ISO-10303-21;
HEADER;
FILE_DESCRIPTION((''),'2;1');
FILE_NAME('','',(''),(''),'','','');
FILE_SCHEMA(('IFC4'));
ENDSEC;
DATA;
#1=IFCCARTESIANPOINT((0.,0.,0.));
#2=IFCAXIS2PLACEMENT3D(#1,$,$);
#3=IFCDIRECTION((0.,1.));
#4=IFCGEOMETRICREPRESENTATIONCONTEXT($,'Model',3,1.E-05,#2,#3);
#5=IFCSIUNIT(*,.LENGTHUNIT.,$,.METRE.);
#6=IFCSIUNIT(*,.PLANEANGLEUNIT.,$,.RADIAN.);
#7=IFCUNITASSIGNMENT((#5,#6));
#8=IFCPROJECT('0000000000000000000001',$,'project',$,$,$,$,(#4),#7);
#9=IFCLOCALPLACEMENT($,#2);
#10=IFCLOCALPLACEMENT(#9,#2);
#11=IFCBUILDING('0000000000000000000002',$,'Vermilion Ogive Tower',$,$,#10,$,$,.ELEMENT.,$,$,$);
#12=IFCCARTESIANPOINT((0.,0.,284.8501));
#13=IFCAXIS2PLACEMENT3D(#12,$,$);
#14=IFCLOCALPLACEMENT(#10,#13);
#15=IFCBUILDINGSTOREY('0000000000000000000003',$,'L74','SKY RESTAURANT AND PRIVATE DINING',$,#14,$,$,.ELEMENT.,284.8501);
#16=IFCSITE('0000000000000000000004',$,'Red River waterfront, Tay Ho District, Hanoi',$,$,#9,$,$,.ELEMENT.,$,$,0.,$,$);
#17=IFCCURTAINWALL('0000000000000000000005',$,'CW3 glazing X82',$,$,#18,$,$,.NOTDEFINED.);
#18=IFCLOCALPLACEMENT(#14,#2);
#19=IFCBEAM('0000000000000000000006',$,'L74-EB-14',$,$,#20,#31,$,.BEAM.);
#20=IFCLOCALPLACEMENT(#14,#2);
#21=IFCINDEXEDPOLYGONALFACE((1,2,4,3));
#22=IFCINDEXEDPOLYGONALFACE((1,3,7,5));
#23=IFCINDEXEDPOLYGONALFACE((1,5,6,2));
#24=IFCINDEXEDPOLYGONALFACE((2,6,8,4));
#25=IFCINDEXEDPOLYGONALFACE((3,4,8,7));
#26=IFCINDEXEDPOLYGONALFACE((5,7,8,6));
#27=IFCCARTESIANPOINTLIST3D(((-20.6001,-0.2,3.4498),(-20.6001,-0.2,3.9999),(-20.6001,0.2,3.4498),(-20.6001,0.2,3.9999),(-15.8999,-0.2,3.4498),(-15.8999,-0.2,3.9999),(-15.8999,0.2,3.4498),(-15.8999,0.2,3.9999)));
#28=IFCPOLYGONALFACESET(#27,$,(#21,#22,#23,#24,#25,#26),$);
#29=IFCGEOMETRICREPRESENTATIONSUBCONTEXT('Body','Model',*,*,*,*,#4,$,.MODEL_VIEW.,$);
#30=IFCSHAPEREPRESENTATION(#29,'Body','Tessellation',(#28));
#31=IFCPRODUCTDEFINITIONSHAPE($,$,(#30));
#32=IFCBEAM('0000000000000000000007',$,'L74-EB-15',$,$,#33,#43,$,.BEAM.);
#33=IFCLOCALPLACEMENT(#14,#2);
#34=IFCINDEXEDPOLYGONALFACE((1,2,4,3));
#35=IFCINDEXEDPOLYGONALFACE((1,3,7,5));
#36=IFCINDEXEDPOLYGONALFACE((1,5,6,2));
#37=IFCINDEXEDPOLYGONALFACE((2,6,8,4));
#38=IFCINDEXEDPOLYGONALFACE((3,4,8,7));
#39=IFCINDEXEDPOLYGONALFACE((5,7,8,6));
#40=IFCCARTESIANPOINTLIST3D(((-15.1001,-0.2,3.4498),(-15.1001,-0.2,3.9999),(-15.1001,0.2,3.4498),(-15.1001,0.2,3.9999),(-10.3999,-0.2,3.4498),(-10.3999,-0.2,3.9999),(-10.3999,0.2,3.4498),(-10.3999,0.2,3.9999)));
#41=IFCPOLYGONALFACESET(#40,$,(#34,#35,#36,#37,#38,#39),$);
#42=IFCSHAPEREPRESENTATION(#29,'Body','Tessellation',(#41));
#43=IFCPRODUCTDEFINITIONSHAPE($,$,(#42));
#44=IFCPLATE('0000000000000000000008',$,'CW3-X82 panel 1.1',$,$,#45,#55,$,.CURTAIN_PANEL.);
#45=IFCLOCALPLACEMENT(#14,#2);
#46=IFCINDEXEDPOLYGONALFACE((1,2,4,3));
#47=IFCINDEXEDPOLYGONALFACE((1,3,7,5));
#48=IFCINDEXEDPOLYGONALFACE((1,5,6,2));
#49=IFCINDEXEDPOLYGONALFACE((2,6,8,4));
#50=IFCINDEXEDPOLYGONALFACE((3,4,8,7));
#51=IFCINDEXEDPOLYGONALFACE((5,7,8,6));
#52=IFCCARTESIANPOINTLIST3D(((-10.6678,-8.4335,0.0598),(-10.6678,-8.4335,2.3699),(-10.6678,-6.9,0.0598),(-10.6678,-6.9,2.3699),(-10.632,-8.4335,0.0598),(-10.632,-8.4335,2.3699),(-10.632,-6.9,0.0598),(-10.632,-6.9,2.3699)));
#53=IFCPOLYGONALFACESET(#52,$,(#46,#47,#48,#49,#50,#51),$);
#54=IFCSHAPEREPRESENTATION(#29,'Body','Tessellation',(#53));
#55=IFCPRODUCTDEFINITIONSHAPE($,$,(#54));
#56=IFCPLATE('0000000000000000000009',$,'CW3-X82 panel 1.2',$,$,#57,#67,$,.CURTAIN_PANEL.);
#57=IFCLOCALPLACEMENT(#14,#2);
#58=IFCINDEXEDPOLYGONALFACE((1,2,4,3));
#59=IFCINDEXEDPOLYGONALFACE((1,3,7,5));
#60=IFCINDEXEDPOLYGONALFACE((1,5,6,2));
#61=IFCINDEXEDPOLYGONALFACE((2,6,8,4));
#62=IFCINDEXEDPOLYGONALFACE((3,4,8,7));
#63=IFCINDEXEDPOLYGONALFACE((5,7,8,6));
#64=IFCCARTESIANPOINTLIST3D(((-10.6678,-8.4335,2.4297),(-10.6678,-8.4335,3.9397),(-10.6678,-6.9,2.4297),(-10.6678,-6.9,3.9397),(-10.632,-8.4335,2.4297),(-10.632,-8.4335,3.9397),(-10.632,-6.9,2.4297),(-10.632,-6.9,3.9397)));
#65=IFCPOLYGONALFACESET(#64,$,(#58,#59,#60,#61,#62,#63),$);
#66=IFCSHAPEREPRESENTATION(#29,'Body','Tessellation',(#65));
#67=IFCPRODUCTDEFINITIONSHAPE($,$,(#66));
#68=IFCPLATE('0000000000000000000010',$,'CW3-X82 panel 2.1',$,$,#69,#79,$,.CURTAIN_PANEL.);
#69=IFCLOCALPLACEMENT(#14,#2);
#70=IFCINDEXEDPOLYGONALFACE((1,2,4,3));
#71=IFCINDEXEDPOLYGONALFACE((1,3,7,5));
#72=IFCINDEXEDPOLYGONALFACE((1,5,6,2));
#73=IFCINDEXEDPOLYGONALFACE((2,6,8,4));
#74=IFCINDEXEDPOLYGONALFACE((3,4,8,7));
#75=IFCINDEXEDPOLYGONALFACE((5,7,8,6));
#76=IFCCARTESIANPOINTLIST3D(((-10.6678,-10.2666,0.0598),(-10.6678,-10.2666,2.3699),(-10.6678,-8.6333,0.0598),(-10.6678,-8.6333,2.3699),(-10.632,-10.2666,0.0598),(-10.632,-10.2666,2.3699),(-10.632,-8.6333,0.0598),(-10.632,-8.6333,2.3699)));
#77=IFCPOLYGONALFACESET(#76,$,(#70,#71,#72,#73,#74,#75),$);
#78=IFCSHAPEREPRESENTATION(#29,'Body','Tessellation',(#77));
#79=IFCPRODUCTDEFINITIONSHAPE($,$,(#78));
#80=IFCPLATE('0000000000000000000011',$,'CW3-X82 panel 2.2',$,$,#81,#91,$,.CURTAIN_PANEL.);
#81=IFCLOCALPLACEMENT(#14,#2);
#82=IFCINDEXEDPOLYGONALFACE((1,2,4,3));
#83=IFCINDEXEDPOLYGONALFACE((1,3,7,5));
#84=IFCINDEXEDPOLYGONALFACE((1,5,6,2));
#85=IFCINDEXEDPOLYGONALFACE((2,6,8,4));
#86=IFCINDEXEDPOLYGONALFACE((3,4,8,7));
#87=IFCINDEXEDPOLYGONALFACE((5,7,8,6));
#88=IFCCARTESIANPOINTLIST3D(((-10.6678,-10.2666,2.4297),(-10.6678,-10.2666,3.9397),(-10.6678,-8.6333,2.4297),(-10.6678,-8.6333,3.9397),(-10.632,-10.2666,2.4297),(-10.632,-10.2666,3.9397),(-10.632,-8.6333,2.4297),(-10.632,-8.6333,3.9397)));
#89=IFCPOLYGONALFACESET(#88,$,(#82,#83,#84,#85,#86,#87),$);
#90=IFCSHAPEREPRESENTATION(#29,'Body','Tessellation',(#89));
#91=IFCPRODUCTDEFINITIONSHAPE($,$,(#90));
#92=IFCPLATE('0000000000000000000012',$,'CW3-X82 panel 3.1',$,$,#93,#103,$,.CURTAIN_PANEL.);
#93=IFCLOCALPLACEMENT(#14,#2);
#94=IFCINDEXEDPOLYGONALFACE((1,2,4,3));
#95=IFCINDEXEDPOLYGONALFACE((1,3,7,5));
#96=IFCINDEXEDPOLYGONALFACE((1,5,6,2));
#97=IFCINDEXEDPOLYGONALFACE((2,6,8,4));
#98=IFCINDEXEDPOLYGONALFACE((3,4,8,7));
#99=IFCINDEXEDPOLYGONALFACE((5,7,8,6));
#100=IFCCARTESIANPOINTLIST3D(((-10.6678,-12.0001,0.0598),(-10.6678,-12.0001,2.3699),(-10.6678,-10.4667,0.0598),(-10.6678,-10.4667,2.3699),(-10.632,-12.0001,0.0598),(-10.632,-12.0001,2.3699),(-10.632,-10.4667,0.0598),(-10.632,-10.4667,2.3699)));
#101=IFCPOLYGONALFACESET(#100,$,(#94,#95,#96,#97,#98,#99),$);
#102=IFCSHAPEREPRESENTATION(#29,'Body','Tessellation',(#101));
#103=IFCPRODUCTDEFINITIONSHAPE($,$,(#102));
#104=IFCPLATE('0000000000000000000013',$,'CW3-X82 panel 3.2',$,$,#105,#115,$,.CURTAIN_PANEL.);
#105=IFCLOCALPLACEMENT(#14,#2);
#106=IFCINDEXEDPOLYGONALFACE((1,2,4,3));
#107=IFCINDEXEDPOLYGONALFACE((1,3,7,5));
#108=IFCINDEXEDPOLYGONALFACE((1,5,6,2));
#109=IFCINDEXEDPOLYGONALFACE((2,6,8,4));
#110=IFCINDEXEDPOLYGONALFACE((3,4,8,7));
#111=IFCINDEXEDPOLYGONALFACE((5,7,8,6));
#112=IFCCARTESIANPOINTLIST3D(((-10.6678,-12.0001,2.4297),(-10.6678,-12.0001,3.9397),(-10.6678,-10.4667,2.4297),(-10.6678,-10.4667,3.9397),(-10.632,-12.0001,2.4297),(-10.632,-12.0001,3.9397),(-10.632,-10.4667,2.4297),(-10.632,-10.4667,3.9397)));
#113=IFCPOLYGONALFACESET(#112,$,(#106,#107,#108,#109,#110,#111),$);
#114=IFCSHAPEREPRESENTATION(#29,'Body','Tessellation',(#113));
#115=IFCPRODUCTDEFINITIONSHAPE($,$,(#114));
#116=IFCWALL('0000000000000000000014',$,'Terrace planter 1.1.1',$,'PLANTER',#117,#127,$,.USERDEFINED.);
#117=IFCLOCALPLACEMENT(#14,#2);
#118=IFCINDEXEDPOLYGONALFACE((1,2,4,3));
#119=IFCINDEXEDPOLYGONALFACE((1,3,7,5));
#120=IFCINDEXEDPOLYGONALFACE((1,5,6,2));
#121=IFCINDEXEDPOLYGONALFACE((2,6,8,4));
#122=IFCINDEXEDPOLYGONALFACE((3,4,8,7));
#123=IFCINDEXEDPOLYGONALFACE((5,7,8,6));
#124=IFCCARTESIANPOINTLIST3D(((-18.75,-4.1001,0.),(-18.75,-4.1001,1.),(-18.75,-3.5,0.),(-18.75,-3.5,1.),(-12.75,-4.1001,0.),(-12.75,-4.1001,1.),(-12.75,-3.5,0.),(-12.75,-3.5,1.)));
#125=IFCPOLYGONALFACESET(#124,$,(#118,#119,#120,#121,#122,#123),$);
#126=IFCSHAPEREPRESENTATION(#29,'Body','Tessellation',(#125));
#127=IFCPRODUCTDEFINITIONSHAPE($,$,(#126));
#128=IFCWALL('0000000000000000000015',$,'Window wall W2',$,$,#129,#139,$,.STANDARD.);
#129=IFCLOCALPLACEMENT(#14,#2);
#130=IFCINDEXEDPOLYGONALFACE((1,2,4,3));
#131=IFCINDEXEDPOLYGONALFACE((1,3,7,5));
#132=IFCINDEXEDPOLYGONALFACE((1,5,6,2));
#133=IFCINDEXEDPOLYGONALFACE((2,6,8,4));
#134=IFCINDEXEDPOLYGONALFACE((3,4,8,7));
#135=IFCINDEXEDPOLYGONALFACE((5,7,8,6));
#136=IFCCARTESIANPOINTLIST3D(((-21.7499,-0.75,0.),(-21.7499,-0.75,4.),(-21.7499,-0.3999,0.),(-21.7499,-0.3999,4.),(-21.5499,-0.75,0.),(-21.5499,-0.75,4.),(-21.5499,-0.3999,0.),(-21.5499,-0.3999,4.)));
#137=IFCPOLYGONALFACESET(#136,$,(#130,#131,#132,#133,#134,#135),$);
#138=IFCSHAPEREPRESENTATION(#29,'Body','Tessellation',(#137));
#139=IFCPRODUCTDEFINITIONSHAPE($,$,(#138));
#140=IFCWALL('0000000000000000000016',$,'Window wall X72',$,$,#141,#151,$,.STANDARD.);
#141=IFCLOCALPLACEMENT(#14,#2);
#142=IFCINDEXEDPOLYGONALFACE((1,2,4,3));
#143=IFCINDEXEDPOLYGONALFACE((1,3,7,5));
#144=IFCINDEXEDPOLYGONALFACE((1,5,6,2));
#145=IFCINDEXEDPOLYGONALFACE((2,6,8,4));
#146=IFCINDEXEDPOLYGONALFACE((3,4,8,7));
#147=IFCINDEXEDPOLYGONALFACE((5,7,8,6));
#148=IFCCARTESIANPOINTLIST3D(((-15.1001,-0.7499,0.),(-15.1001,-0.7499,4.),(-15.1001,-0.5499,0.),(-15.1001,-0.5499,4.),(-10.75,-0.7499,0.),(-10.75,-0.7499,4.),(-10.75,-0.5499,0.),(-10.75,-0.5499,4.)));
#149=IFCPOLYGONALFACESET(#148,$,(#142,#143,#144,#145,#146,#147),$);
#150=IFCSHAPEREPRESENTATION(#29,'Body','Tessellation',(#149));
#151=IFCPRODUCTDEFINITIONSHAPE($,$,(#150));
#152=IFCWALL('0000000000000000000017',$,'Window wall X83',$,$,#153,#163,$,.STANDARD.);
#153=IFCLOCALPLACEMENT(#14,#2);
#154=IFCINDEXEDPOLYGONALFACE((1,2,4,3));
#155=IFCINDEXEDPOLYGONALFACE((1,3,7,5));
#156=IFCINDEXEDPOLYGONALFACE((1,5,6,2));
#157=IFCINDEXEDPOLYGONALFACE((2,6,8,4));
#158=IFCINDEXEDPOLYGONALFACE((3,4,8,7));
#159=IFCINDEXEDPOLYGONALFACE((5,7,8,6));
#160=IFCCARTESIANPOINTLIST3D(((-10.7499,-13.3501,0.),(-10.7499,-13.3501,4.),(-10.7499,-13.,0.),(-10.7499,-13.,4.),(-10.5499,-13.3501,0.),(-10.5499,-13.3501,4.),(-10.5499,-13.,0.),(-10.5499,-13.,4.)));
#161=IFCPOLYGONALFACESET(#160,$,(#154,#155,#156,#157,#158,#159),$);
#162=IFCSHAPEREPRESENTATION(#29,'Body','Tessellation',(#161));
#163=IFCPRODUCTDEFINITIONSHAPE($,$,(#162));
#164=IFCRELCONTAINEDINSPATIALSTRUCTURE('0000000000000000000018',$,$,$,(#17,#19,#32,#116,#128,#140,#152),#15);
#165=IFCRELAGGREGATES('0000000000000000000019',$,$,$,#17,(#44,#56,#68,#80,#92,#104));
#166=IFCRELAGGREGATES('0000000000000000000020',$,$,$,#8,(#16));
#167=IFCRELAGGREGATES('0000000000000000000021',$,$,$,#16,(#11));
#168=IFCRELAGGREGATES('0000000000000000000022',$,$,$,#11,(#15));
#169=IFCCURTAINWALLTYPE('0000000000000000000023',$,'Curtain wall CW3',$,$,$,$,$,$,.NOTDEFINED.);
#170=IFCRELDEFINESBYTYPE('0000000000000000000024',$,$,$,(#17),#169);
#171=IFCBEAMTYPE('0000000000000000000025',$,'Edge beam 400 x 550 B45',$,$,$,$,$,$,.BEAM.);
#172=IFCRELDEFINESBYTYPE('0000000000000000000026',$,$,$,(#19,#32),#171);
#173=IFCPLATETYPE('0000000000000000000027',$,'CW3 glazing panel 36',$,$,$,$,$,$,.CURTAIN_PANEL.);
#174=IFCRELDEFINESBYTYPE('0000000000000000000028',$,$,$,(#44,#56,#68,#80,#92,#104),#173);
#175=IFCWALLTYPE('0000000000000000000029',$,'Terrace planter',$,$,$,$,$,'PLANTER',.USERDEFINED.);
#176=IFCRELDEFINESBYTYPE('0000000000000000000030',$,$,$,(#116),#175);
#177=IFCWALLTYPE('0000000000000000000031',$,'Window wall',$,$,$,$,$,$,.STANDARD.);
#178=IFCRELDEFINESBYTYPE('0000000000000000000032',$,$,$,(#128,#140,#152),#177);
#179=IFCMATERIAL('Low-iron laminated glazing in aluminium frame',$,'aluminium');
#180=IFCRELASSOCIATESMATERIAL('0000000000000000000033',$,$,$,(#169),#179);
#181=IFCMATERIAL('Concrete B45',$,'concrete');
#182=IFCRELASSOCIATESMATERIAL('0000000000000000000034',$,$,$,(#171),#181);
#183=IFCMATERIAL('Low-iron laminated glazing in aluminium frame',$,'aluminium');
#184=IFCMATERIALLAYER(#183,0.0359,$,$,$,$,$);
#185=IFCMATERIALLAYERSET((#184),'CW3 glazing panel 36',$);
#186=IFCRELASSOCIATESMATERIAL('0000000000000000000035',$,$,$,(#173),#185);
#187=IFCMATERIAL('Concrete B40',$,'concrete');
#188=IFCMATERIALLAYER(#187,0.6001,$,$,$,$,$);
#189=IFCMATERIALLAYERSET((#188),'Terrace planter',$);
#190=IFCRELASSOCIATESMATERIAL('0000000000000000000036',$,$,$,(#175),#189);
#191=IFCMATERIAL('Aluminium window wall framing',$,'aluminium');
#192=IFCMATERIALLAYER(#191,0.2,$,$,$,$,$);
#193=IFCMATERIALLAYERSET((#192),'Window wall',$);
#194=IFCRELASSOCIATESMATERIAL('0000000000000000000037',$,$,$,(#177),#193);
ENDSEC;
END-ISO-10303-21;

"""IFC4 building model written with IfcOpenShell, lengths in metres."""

from ifc_helpers import new_model, si_unit, direction, frame, frame_2d, origin, origin_2d, place, context, subcontext, project, spatial, rectangle, extrude, material, layer, layer_set, material_profile, profile_set, type_object, element, aggregate, save


model = new_model("IFC4")

# Units and contexts
model_context = context("Model", 3, precision=1e-05, world=origin(), true_north=direction((0.0, 1.0)))
body_context = subcontext(model_context, "Body", "Model", "MODEL_VIEW")
ifc_project = project(units=[si_unit("LENGTHUNIT", "METRE"), si_unit("PLANEANGLEUNIT", "RADIAN")], contexts=[model_context])

# Site, building, storey
site_placement = place(None, origin())
site = spatial("IfcSite", under=ifc_project, at=site_placement, Name="Red River waterfront, Tay Ho District, Hanoi", CompositionType="ELEMENT", RefElevation=0.0)
building_placement = place(site_placement, origin())
building = spatial("IfcBuilding", under=site, at=building_placement, Name="Vermilion Ogive Tower", CompositionType="ELEMENT")
storey_placement = place(building_placement, frame((0.0, 0.0, 284.8501)))
storey = spatial("IfcBuildingStorey", under=building, at=storey_placement, Name="L74", Description="SKY RESTAURANT AND PRIVATE DINING", CompositionType="ELEMENT", Elevation=284.8501)

# Curtain wall
ifc_material_1 = material(Name="Low-iron laminated glazing in aluminium frame", Category="aluminium")
curtain_wall_type = type_object("IfcCurtainWallType", Name="Curtain wall CW3", PredefinedType="NOTDEFINED", material=ifc_material_1)
curtain_wall_placement = place(storey_placement, origin())
curtain_wall = element("IfcCurtainWall", 1, at=curtain_wall_placement, inside=storey, type_object=curtain_wall_type, Name="CW3 glazing X82", PredefinedType="NOTDEFINED")

# Beams
ifc_material_2 = material(Name="Concrete B45", Category="concrete")
ifc_material_profile_1 = material_profile(ifc_material_2, rectangle(XDim=0.3999, YDim=0.55, at=origin_2d()), Name="400 x 550")
ifc_profile_set_1 = profile_set([ifc_material_profile_1], Name="Concrete B45")
beam_type = type_object("IfcBeamType", Name="Edge beam 400 x 550 B45", PredefinedType="BEAM", material=ifc_profile_set_1)
for number, where, z_axis, x_axis, name in (
    (2, (-20.6001, 0.0, 3.7249), (1.0, 0.0, 0.0), (0.0, 1.0, 0.0), "L74-EB-14"),
    (3, (-15.1001, 0.0, 3.7249), (1.0, 0.0, 0.0), (0.0, 1.0, 0.0), "L74-EB-15"),
):
    element("IfcBeam", number, at=place(storey_placement, frame(where, z_axis=z_axis, x_axis=x_axis)), inside=storey, type_object=beam_type, Name=name, PredefinedType="BEAM", context=body_context, shape_type="SweptSolid", body=[
        extrude(rectangle(XDim=0.3999, YDim=0.55, at=origin_2d()), origin(), (0.0, 0.0, 1.0), 4.7002),
    ])

# Plates
ifc_material_3 = material(Name="Low-iron laminated glazing in aluminium frame", Category="aluminium")
ifc_layer_1 = layer(ifc_material_3, 0.0359)
ifc_layer_set_1 = layer_set([ifc_layer_1], Name="CW3 glazing panel 36")
plate_type = type_object("IfcPlateType", Name="CW3 glazing panel 36", PredefinedType="CURTAIN_PANEL", material=ifc_layer_set_1)
plate_1_placement = place(storey_placement, frame((-10.6499, -7.6667, 0.0598), z_axis=(0.0, 0.0, 1.0), x_axis=(0.0, -1.0, 0.0)))
plate_1 = element("IfcPlate", 4, at=plate_1_placement, type_object=plate_type, Name="CW3-X82 panel 1.1", PredefinedType="CURTAIN_PANEL", context=body_context, shape_type="SweptSolid", body=[
    extrude(rectangle(XDim=1.5334, YDim=0.0359, at=origin_2d()), origin(), (0.0, 0.0, 1.0), 2.3101),
])
plate_2_placement = place(storey_placement, frame((-10.6499, -7.6667, 2.4297), z_axis=(0.0, 0.0, 1.0), x_axis=(0.0, -1.0, 0.0)))
plate_2 = element("IfcPlate", 5, at=plate_2_placement, type_object=plate_type, Name="CW3-X82 panel 1.2", PredefinedType="CURTAIN_PANEL", context=body_context, shape_type="SweptSolid", body=[
    extrude(rectangle(XDim=1.5334, YDim=0.0359, at=origin_2d()), origin(), (0.0, 0.0, 1.0), 1.51),
])
plate_3_placement = place(storey_placement, frame((-10.6499, -9.45, 0.0598), z_axis=(0.0, 0.0, 1.0), x_axis=(0.0, -1.0, 0.0)))
plate_3 = element("IfcPlate", 6, at=plate_3_placement, type_object=plate_type, Name="CW3-X82 panel 2.1", PredefinedType="CURTAIN_PANEL", context=body_context, shape_type="SweptSolid", body=[
    extrude(rectangle(XDim=1.6333, YDim=0.0359, at=origin_2d()), origin(), (0.0, 0.0, 1.0), 2.3101),
])
plate_4_placement = place(storey_placement, frame((-10.6499, -9.45, 2.4297), z_axis=(0.0, 0.0, 1.0), x_axis=(0.0, -1.0, 0.0)))
plate_4 = element("IfcPlate", 7, at=plate_4_placement, type_object=plate_type, Name="CW3-X82 panel 2.2", PredefinedType="CURTAIN_PANEL", context=body_context, shape_type="SweptSolid", body=[
    extrude(rectangle(XDim=1.6333, YDim=0.0359, at=origin_2d()), origin(), (0.0, 0.0, 1.0), 1.51),
])
plate_5_placement = place(storey_placement, frame((-10.6499, -11.2334, 0.0598), z_axis=(0.0, 0.0, 1.0), x_axis=(0.0, -1.0, 0.0)))
plate_5 = element("IfcPlate", 8, at=plate_5_placement, type_object=plate_type, Name="CW3-X82 panel 3.1", PredefinedType="CURTAIN_PANEL", context=body_context, shape_type="SweptSolid", body=[
    extrude(rectangle(XDim=1.5334, YDim=0.0359, at=origin_2d()), origin(), (0.0, 0.0, 1.0), 2.3101),
])
plate_6_placement = place(storey_placement, frame((-10.6499, -11.2334, 2.4297), z_axis=(0.0, 0.0, 1.0), x_axis=(0.0, -1.0, 0.0)))
plate_6 = element("IfcPlate", 9, at=plate_6_placement, type_object=plate_type, Name="CW3-X82 panel 3.2", PredefinedType="CURTAIN_PANEL", context=body_context, shape_type="SweptSolid", body=[
    extrude(rectangle(XDim=1.5334, YDim=0.0359, at=origin_2d()), origin(), (0.0, 0.0, 1.0), 1.51),
])
aggregate(curtain_wall, [plate_1, plate_2, plate_3, plate_4, plate_5, plate_6])

# Walls
ifc_material_4 = material(Name="Concrete B40", Category="concrete")
ifc_layer_2 = layer(ifc_material_4, 0.6001)
ifc_layer_set_2 = layer_set([ifc_layer_2], Name="Terrace planter")
wall_type_1 = type_object("IfcWallType", Name="Terrace planter", ElementType="PLANTER", PredefinedType="USERDEFINED", material=ifc_layer_set_2)
wall_1_placement = place(storey_placement, frame((-12.75, -3.8, 0.0), z_axis=(0.0, 0.0, 1.0), x_axis=(-1.0, 0.0, 0.0)))
element("IfcWall", 10, at=wall_1_placement, inside=storey, type_object=wall_type_1, Name="Terrace planter 1.1.1", ObjectType="PLANTER", PredefinedType="USERDEFINED", context=body_context, shape_type="SweptSolid", body=[
    extrude(rectangle(XDim=6.0, YDim=0.6001, at=frame_2d((3.0, 0.0))), origin(), (0.0, 0.0, 1.0), 1.0),
])
ifc_material_5 = material(Name="Aluminium window wall framing", Category="aluminium")
ifc_layer_3 = layer(ifc_material_5, 0.2)
ifc_layer_set_3 = layer_set([ifc_layer_3], Name="Window wall")
wall_type_2 = type_object("IfcWallType", Name="Window wall", PredefinedType="STANDARD", material=ifc_layer_set_3)
wall_2_placement = place(storey_placement, frame((-21.6499, -0.3999, 0.0), z_axis=(0.0, 0.0, 1.0), x_axis=(0.0, -1.0, 0.0)))
element("IfcWall", 11, at=wall_2_placement, inside=storey, type_object=wall_type_2, Name="Window wall W2", PredefinedType="STANDARD", context=body_context, shape_type="SweptSolid", body=[
    extrude(rectangle(XDim=0.3501, YDim=0.2, at=frame_2d((0.175, 0.0))), origin(), (0.0, 0.0, 1.0), 4.0),
])

# Walls
wall_3_placement = place(storey_placement, frame((-15.1001, -0.6499, 0.0), z_axis=(0.0, 0.0, 1.0), x_axis=(1.0, 0.0, 0.0)))
element("IfcWall", 12, at=wall_3_placement, inside=storey, type_object=wall_type_2, Name="Window wall X72", PredefinedType="STANDARD", context=body_context, shape_type="SweptSolid", body=[
    extrude(rectangle(XDim=4.3501, YDim=0.2, at=frame_2d((2.175, 0.0))), origin(), (0.0, 0.0, 1.0), 4.0),
])
wall_4_placement = place(storey_placement, frame((-10.6499, -13.0, 0.0), z_axis=(0.0, 0.0, 1.0), x_axis=(0.0, -1.0, 0.0)))
element("IfcWall", 13, at=wall_4_placement, inside=storey, type_object=wall_type_2, Name="Window wall X83", PredefinedType="STANDARD", context=body_context, shape_type="SweptSolid", body=[
    extrude(rectangle(XDim=0.3501, YDim=0.2, at=frame_2d((0.175, 0.0))), origin(), (0.0, 0.0, 1.0), 4.0),
])

save(model, "model.ifc")
